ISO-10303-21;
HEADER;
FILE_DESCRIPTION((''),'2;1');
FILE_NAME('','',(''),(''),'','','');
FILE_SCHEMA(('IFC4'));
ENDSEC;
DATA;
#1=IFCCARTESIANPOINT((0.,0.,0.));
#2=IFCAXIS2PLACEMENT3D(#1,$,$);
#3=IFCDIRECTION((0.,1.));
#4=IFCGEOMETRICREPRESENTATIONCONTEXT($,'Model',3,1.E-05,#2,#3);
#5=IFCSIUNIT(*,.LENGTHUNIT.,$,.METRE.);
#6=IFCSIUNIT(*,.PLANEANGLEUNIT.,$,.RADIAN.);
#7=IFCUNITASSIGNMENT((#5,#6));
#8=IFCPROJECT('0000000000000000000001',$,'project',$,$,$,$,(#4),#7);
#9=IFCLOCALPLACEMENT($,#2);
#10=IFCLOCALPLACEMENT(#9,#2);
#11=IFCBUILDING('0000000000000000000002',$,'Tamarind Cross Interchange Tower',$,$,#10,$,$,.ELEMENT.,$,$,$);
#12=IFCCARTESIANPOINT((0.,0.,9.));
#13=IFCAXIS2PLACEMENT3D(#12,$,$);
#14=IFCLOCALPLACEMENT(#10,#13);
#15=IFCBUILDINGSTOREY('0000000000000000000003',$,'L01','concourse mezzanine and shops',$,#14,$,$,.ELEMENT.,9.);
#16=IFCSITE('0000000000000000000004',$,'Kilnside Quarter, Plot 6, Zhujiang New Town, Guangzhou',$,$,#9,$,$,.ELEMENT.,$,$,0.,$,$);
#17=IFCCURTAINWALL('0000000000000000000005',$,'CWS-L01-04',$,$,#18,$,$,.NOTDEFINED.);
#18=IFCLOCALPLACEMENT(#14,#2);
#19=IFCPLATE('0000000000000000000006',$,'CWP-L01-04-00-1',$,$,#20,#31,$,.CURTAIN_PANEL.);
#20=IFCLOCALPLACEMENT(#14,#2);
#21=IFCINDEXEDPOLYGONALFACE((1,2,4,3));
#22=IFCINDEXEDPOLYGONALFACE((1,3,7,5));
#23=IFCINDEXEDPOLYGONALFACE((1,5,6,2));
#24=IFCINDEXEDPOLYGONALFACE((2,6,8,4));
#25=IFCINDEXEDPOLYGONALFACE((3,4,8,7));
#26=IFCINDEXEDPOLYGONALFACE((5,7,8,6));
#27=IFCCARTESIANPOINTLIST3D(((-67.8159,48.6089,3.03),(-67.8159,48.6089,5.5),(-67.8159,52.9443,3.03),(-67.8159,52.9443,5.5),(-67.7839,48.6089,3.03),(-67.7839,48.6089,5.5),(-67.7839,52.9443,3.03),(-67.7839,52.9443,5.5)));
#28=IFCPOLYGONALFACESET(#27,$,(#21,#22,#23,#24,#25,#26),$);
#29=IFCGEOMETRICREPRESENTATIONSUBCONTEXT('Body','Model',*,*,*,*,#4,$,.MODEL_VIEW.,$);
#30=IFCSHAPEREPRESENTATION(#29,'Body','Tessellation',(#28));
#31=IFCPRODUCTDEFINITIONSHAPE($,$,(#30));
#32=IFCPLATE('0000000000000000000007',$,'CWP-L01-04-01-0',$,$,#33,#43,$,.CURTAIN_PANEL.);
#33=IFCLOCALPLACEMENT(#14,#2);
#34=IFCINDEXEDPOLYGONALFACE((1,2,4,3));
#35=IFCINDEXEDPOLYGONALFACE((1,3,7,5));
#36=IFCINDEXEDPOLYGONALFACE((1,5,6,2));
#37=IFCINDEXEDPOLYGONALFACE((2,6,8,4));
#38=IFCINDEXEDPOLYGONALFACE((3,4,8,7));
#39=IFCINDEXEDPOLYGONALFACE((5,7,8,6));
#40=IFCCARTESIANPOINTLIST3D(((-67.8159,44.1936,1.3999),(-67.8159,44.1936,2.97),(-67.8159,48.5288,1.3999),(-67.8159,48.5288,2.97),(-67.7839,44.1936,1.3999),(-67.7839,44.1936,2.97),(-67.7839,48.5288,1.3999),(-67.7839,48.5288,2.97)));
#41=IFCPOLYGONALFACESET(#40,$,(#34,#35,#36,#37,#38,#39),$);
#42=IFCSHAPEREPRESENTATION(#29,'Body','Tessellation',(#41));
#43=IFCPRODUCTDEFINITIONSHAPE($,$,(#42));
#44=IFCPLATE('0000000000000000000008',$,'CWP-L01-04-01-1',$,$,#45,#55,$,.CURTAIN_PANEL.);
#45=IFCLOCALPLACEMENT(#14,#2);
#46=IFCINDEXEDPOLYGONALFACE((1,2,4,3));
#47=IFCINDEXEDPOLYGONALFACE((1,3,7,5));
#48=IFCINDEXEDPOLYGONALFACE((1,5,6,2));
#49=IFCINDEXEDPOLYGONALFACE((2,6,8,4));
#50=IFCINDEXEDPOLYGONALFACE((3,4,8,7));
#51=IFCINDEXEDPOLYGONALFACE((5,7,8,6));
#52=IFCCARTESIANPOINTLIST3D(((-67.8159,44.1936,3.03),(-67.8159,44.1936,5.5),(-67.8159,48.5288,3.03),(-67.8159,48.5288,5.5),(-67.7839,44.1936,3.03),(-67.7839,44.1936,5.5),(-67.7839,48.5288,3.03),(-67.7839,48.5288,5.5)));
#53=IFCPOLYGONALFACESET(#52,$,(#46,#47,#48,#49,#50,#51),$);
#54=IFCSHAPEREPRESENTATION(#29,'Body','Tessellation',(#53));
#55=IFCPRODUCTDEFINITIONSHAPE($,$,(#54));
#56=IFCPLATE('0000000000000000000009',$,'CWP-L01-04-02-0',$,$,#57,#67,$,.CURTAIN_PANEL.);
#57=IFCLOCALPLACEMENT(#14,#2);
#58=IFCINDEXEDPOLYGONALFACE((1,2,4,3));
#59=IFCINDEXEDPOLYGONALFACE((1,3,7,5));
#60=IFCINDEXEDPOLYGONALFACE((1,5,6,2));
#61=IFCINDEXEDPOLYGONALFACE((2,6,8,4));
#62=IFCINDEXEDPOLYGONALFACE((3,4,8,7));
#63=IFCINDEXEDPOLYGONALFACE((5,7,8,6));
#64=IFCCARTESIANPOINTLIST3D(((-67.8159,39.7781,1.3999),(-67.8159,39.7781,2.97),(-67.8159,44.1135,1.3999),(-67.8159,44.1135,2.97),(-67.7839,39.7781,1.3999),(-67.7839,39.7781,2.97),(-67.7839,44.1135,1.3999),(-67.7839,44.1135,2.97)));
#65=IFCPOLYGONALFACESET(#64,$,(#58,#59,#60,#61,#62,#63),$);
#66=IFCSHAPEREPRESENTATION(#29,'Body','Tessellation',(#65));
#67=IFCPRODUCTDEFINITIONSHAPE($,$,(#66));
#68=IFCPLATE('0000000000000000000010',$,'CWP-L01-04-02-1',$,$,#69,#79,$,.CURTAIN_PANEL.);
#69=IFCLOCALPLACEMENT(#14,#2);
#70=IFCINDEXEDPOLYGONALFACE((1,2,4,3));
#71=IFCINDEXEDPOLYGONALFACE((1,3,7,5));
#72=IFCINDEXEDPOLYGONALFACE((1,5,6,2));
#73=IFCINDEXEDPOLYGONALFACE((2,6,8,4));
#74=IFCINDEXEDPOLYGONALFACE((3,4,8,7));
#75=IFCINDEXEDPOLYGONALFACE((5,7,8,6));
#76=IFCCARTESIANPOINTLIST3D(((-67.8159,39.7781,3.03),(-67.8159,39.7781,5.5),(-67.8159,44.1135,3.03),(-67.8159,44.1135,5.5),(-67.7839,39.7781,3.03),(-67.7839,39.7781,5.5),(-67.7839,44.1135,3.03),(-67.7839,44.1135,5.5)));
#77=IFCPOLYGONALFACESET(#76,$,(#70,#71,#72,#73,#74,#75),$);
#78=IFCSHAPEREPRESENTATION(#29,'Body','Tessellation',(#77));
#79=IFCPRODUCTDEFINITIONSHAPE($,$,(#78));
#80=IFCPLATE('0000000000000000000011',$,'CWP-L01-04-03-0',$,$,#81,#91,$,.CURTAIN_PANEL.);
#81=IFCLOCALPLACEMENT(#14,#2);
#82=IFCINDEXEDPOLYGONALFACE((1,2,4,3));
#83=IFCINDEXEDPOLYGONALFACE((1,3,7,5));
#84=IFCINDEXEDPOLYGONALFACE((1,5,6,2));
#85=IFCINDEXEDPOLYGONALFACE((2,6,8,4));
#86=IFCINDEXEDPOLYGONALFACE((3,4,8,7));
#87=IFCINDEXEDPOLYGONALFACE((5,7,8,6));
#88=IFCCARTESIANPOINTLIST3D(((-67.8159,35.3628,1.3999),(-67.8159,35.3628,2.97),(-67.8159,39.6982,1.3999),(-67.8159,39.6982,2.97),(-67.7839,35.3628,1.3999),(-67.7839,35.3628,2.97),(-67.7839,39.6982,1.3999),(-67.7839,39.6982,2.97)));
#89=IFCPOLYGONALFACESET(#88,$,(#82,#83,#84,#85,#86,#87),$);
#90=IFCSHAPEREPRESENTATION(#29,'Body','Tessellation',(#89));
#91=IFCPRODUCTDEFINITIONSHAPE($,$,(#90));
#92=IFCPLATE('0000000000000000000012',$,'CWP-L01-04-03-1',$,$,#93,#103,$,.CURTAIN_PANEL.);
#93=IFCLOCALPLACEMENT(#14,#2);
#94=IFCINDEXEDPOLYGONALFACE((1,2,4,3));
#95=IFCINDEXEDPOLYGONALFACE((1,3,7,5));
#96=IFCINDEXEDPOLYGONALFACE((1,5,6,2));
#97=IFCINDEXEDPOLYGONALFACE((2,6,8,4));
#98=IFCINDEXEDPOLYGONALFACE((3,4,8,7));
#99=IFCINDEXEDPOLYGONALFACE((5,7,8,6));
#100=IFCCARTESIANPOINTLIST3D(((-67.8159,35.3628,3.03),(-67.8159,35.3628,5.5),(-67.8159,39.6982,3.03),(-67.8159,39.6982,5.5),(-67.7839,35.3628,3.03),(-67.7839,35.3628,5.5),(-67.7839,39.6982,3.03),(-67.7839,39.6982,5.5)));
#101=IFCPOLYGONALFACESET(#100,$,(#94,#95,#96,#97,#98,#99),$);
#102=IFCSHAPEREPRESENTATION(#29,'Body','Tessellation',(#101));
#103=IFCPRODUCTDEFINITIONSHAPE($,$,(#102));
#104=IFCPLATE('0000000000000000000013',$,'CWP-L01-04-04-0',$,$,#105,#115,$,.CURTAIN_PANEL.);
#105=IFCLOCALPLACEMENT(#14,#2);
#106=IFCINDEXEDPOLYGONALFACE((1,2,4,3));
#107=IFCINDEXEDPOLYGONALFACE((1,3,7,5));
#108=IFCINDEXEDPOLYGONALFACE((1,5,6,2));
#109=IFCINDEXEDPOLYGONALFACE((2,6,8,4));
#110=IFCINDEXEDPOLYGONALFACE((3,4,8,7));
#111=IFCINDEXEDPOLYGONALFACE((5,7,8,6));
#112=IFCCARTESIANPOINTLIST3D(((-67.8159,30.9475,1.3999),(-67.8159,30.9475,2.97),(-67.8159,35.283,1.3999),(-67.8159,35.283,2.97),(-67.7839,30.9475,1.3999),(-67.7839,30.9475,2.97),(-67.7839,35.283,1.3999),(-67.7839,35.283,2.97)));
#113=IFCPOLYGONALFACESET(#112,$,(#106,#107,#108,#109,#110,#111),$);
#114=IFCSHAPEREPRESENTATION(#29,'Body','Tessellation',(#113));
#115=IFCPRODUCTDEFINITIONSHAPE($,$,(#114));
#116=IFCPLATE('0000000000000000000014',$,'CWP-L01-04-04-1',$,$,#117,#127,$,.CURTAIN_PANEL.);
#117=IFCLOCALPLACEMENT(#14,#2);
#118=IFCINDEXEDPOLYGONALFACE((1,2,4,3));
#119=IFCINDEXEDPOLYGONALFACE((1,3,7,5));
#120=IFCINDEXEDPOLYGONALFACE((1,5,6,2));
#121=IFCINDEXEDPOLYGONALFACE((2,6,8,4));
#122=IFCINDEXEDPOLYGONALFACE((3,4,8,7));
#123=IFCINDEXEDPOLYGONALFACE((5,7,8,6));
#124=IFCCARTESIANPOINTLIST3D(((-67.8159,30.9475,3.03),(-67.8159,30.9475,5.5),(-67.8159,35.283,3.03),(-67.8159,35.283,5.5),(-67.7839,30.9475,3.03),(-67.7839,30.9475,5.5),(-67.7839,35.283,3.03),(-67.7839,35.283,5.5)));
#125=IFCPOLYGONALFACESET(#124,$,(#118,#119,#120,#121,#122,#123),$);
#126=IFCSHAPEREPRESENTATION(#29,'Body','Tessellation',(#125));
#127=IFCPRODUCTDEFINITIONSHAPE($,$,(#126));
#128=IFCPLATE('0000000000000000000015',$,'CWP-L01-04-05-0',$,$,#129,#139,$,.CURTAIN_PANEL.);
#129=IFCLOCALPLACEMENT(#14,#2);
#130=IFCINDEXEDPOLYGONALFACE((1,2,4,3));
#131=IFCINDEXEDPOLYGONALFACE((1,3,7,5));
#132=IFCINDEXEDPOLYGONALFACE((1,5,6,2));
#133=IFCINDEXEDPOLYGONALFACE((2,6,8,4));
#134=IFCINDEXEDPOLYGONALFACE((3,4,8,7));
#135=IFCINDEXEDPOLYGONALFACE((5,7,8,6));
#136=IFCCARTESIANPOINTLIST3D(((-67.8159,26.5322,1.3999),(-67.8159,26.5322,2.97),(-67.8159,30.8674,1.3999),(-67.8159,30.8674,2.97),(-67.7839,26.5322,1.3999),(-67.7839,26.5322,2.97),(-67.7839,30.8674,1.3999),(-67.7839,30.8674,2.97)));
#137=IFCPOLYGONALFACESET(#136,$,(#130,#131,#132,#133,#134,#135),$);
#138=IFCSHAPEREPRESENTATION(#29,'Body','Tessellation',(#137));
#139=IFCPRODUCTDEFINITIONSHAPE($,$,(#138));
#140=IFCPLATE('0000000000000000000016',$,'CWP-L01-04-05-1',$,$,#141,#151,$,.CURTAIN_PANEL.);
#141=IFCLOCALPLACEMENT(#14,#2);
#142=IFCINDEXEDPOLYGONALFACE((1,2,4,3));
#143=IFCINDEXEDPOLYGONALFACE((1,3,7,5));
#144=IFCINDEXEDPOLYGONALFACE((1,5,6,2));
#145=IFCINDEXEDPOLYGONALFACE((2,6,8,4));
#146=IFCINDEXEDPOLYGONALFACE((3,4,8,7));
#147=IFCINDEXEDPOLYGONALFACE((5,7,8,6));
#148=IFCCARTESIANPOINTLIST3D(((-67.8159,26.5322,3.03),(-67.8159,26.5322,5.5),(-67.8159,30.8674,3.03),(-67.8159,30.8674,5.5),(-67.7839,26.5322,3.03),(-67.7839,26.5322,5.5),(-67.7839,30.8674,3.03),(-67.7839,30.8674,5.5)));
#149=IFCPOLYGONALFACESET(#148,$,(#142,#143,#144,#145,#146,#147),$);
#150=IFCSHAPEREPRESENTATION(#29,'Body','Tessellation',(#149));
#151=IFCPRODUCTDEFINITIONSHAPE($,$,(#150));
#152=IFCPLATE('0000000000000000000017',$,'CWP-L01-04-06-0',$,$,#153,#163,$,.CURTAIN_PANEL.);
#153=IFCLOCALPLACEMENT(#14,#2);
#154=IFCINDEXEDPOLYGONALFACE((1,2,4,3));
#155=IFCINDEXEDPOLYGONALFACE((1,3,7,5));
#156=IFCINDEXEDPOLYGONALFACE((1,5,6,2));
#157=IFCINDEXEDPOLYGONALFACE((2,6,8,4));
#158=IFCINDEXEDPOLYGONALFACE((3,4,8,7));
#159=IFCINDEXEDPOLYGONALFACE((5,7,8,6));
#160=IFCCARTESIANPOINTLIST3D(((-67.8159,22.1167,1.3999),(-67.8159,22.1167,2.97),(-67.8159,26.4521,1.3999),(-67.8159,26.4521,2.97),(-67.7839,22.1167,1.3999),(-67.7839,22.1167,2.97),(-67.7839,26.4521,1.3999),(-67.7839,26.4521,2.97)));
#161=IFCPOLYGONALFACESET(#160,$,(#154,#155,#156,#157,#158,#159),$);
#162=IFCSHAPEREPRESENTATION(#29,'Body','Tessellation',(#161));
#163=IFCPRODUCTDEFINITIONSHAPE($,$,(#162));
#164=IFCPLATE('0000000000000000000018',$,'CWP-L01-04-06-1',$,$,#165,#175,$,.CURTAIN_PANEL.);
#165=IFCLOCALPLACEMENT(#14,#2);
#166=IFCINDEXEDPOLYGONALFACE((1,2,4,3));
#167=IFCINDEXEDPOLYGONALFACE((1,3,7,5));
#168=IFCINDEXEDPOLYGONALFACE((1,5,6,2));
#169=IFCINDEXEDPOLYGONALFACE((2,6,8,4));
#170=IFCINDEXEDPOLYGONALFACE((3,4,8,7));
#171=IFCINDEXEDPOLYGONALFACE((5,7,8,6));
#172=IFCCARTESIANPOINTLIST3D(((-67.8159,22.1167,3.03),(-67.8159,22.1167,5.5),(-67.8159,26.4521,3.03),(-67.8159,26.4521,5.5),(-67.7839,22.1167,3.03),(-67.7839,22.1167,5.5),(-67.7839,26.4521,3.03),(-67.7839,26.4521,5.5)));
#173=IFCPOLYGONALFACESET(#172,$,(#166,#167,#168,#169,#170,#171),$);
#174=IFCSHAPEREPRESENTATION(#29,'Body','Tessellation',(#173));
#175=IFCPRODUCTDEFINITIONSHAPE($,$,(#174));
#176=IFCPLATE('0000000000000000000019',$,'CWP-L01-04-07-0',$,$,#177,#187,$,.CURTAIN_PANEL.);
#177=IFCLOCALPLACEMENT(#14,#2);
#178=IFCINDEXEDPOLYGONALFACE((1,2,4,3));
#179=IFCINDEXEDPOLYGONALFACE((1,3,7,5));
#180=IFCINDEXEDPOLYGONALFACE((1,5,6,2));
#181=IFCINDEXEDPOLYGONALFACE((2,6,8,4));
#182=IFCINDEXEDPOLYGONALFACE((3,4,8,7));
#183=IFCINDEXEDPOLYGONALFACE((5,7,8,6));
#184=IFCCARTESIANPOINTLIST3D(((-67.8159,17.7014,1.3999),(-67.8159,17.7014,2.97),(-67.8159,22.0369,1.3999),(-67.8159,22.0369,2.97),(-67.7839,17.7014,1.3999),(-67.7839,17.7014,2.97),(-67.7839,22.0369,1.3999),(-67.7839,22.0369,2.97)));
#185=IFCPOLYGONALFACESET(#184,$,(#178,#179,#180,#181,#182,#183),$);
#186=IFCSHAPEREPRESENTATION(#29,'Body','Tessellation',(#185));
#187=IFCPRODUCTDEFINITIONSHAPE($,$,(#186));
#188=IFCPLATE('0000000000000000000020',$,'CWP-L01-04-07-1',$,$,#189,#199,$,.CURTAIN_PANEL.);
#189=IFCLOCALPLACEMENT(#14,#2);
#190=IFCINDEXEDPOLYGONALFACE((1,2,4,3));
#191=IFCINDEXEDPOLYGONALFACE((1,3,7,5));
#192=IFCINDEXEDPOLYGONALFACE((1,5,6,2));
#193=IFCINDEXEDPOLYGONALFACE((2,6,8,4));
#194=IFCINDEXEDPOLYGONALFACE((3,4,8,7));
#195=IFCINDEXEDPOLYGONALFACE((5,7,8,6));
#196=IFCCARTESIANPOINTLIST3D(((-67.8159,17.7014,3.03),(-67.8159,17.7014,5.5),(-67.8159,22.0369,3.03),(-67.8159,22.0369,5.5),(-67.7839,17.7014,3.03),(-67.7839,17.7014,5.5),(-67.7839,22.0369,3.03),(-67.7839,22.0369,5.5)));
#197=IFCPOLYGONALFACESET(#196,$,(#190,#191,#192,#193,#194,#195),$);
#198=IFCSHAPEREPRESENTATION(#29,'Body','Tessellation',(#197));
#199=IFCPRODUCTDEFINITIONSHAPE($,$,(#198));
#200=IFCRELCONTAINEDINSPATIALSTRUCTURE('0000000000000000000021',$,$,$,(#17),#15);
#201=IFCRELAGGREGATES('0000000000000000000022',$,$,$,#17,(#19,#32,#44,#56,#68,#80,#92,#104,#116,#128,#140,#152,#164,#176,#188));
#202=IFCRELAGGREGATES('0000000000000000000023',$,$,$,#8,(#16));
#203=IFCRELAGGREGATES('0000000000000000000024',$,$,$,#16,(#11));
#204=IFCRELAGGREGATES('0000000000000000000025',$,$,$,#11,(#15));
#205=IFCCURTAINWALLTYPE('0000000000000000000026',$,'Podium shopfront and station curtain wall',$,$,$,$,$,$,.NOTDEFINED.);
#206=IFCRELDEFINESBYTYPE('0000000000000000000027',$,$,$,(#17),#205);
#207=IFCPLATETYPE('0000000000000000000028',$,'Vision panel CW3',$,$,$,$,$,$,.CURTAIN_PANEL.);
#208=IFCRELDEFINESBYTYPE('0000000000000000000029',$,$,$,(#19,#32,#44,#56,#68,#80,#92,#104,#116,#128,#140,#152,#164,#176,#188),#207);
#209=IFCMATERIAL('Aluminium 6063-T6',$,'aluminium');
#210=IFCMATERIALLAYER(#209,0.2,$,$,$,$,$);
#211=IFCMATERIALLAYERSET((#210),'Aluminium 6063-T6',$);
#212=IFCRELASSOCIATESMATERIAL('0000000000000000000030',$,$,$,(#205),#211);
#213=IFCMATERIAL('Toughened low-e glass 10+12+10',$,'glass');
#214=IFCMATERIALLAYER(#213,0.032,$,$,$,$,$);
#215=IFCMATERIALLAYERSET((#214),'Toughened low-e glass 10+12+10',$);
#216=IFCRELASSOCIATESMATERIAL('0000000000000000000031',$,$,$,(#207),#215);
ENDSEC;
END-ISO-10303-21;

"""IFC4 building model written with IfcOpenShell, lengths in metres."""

from ifc_helpers import new_model, si_unit, direction, frame, origin, place, context, subcontext, project, spatial, polyline, outline, extrude, material, layer, layer_set, type_object, element, aggregate, save


model = new_model("IFC4")

# Units and contexts
model_context = context("Model", 3, precision=1e-05, world=origin(), true_north=direction((0.0, 1.0)))
body_context = subcontext(model_context, "Body", "Model", "MODEL_VIEW")
ifc_project = project(units=[si_unit("LENGTHUNIT", "METRE"), si_unit("PLANEANGLEUNIT", "RADIAN")], contexts=[model_context])

# Site, building, storey
site_placement = place(None, origin())
site = spatial("IfcSite", under=ifc_project, at=site_placement, Name="Kilnside Quarter, Plot 6, Zhujiang New Town, Guangzhou", CompositionType="ELEMENT", RefElevation=0.0)
building_placement = place(site_placement, origin())
building = spatial("IfcBuilding", under=site, at=building_placement, Name="Tamarind Cross Interchange Tower", CompositionType="ELEMENT")
storey_placement = place(building_placement, frame((0.0, 0.0, 9.0)))
storey = spatial("IfcBuildingStorey", under=building, at=storey_placement, Name="L01", Description="concourse mezzanine and shops", CompositionType="ELEMENT", Elevation=9.0)

# Curtain wall, plates
ifc_material_1 = material(Name="Aluminium 6063-T6", Category="aluminium")
ifc_layer_1 = layer(ifc_material_1, 0.2)
ifc_layer_set_1 = layer_set([ifc_layer_1], Name="Aluminium 6063-T6")
curtain_wall_type = type_object("IfcCurtainWallType", Name="Podium shopfront and station curtain wall", PredefinedType="NOTDEFINED", material=ifc_layer_set_1)
curtain_wall_placement = place(storey_placement, origin())
curtain_wall = element("IfcCurtainWall", 1, at=curtain_wall_placement, inside=storey, type_object=curtain_wall_type, Name="CWS-L01-04", PredefinedType="NOTDEFINED")
ifc_material_2 = material(Name="Toughened low-e glass 10+12+10", Category="glass")
ifc_layer_2 = layer(ifc_material_2, 0.032)
ifc_layer_set_2 = layer_set([ifc_layer_2], Name="Toughened low-e glass 10+12+10")
plate_type = type_object("IfcPlateType", Name="Vision panel CW3", PredefinedType="CURTAIN_PANEL", material=ifc_layer_set_2)
plate_1_placement = place(storey_placement, frame((0.0, 0.0, 3.03)))
plate_1 = element("IfcPlate", 2, at=plate_1_placement, type_object=plate_type, Name="CWP-L01-04-00-1", PredefinedType="CURTAIN_PANEL", context=body_context, shape_type="SweptSolid", body=[
    extrude(outline(polyline([(-67.7839, 52.9443), (-67.7839, 48.6089), (-67.8159, 48.6089), (-67.8159, 52.9443), (-67.7839, 52.9443)])), origin(), (0.0, 0.0, 1.0), 2.47),
])
plate_2_placement = place(storey_placement, frame((0.0, 0.0, 1.3999)))
plate_2 = element("IfcPlate", 3, at=plate_2_placement, type_object=plate_type, Name="CWP-L01-04-01-0", PredefinedType="CURTAIN_PANEL", context=body_context, shape_type="SweptSolid", body=[
    extrude(outline(polyline([(-67.7839, 48.5288), (-67.7839, 44.1936), (-67.8159, 44.1936), (-67.8159, 48.5288), (-67.7839, 48.5288)])), origin(), (0.0, 0.0, 1.0), 1.5701),
])
plate_3_placement = place(storey_placement, frame((0.0, 0.0, 3.03)))
plate_3 = element("IfcPlate", 4, at=plate_3_placement, type_object=plate_type, Name="CWP-L01-04-01-1", PredefinedType="CURTAIN_PANEL", context=body_context, shape_type="SweptSolid", body=[
    extrude(outline(polyline([(-67.7839, 48.5288), (-67.7839, 44.1936), (-67.8159, 44.1936), (-67.8159, 48.5288), (-67.7839, 48.5288)])), origin(), (0.0, 0.0, 1.0), 2.47),
])
plate_4_placement = place(storey_placement, frame((0.0, 0.0, 1.3999)))
plate_4 = element("IfcPlate", 5, at=plate_4_placement, type_object=plate_type, Name="CWP-L01-04-02-0", PredefinedType="CURTAIN_PANEL", context=body_context, shape_type="SweptSolid", body=[
    extrude(outline(polyline([(-67.7839, 44.1135), (-67.7839, 39.7781), (-67.8159, 39.7781), (-67.8159, 44.1135), (-67.7839, 44.1135)])), origin(), (0.0, 0.0, 1.0), 1.5701),
])
plate_5_placement = place(storey_placement, frame((0.0, 0.0, 3.03)))
plate_5 = element("IfcPlate", 6, at=plate_5_placement, type_object=plate_type, Name="CWP-L01-04-02-1", PredefinedType="CURTAIN_PANEL", context=body_context, shape_type="SweptSolid", body=[
    extrude(outline(polyline([(-67.7839, 44.1135), (-67.7839, 39.7781), (-67.8159, 39.7781), (-67.8159, 44.1135), (-67.7839, 44.1135)])), origin(), (0.0, 0.0, 1.0), 2.47),
])
plate_6_placement = place(storey_placement, frame((0.0, 0.0, 1.3999)))
plate_6 = element("IfcPlate", 7, at=plate_6_placement, type_object=plate_type, Name="CWP-L01-04-03-0", PredefinedType="CURTAIN_PANEL", context=body_context, shape_type="SweptSolid", body=[
    extrude(outline(polyline([(-67.7839, 39.6982), (-67.7839, 35.3628), (-67.8159, 35.3628), (-67.8159, 39.6982), (-67.7839, 39.6982)])), origin(), (0.0, 0.0, 1.0), 1.5701),
])
plate_7_placement = place(storey_placement, frame((0.0, 0.0, 3.03)))
plate_7 = element("IfcPlate", 8, at=plate_7_placement, type_object=plate_type, Name="CWP-L01-04-03-1", PredefinedType="CURTAIN_PANEL", context=body_context, shape_type="SweptSolid", body=[
    extrude(outline(polyline([(-67.7839, 39.6982), (-67.7839, 35.3628), (-67.8159, 35.3628), (-67.8159, 39.6982), (-67.7839, 39.6982)])), origin(), (0.0, 0.0, 1.0), 2.47),
])
plate_8_placement = place(storey_placement, frame((0.0, 0.0, 1.3999)))
plate_8 = element("IfcPlate", 9, at=plate_8_placement, type_object=plate_type, Name="CWP-L01-04-04-0", PredefinedType="CURTAIN_PANEL", context=body_context, shape_type="SweptSolid", body=[
    extrude(outline(polyline([(-67.7839, 35.283), (-67.7839, 30.9475), (-67.8159, 30.9475), (-67.8159, 35.283), (-67.7839, 35.283)])), origin(), (0.0, 0.0, 1.0), 1.5701),
])
plate_9_placement = place(storey_placement, frame((0.0, 0.0, 3.03)))
plate_9 = element("IfcPlate", 10, at=plate_9_placement, type_object=plate_type, Name="CWP-L01-04-04-1", PredefinedType="CURTAIN_PANEL", context=body_context, shape_type="SweptSolid", body=[
    extrude(outline(polyline([(-67.7839, 35.283), (-67.7839, 30.9475), (-67.8159, 30.9475), (-67.8159, 35.283), (-67.7839, 35.283)])), origin(), (0.0, 0.0, 1.0), 2.47),
])
plate_10_placement = place(storey_placement, frame((0.0, 0.0, 1.3999)))
plate_10 = element("IfcPlate", 11, at=plate_10_placement, type_object=plate_type, Name="CWP-L01-04-05-0", PredefinedType="CURTAIN_PANEL", context=body_context, shape_type="SweptSolid", body=[
    extrude(outline(polyline([(-67.7839, 30.8674), (-67.7839, 26.5322), (-67.8159, 26.5322), (-67.8159, 30.8674), (-67.7839, 30.8674)])), origin(), (0.0, 0.0, 1.0), 1.5701),
])
plate_11_placement = place(storey_placement, frame((0.0, 0.0, 3.03)))
plate_11 = element("IfcPlate", 12, at=plate_11_placement, type_object=plate_type, Name="CWP-L01-04-05-1", PredefinedType="CURTAIN_PANEL", context=body_context, shape_type="SweptSolid", body=[
    extrude(outline(polyline([(-67.7839, 30.8674), (-67.7839, 26.5322), (-67.8159, 26.5322), (-67.8159, 30.8674), (-67.7839, 30.8674)])), origin(), (0.0, 0.0, 1.0), 2.47),
])
plate_12_placement = place(storey_placement, frame((0.0, 0.0, 1.3999)))
plate_12 = element("IfcPlate", 13, at=plate_12_placement, type_object=plate_type, Name="CWP-L01-04-06-0", PredefinedType="CURTAIN_PANEL", context=body_context, shape_type="SweptSolid", body=[
    extrude(outline(polyline([(-67.7839, 26.4521), (-67.7839, 22.1167), (-67.8159, 22.1167), (-67.8159, 26.4521), (-67.7839, 26.4521)])), origin(), (0.0, 0.0, 1.0), 1.5701),
])
plate_13_placement = place(storey_placement, frame((0.0, 0.0, 3.03)))
plate_13 = element("IfcPlate", 14, at=plate_13_placement, type_object=plate_type, Name="CWP-L01-04-06-1", PredefinedType="CURTAIN_PANEL", context=body_context, shape_type="SweptSolid", body=[
    extrude(outline(polyline([(-67.7839, 26.4521), (-67.7839, 22.1167), (-67.8159, 22.1167), (-67.8159, 26.4521), (-67.7839, 26.4521)])), origin(), (0.0, 0.0, 1.0), 2.47),
])
plate_14_placement = place(storey_placement, frame((0.0, 0.0, 1.3999)))
plate_14 = element("IfcPlate", 15, at=plate_14_placement, type_object=plate_type, Name="CWP-L01-04-07-0", PredefinedType="CURTAIN_PANEL", context=body_context, shape_type="SweptSolid", body=[
    extrude(outline(polyline([(-67.7839, 22.0369), (-67.7839, 17.7014), (-67.8159, 17.7014), (-67.8159, 22.0369), (-67.7839, 22.0369)])), origin(), (0.0, 0.0, 1.0), 1.5701),
])
plate_15_placement = place(storey_placement, frame((0.0, 0.0, 3.03)))
plate_15 = element("IfcPlate", 16, at=plate_15_placement, type_object=plate_type, Name="CWP-L01-04-07-1", PredefinedType="CURTAIN_PANEL", context=body_context, shape_type="SweptSolid", body=[
    extrude(outline(polyline([(-67.7839, 22.0369), (-67.7839, 17.7014), (-67.8159, 17.7014), (-67.8159, 22.0369), (-67.7839, 22.0369)])), origin(), (0.0, 0.0, 1.0), 2.47),
])
aggregate(curtain_wall, [plate_1, plate_2, plate_3, plate_4, plate_5, plate_6, plate_7, plate_8, plate_9, plate_10, plate_11, plate_12, plate_13, plate_14, plate_15])

save(model, "model.ifc")
